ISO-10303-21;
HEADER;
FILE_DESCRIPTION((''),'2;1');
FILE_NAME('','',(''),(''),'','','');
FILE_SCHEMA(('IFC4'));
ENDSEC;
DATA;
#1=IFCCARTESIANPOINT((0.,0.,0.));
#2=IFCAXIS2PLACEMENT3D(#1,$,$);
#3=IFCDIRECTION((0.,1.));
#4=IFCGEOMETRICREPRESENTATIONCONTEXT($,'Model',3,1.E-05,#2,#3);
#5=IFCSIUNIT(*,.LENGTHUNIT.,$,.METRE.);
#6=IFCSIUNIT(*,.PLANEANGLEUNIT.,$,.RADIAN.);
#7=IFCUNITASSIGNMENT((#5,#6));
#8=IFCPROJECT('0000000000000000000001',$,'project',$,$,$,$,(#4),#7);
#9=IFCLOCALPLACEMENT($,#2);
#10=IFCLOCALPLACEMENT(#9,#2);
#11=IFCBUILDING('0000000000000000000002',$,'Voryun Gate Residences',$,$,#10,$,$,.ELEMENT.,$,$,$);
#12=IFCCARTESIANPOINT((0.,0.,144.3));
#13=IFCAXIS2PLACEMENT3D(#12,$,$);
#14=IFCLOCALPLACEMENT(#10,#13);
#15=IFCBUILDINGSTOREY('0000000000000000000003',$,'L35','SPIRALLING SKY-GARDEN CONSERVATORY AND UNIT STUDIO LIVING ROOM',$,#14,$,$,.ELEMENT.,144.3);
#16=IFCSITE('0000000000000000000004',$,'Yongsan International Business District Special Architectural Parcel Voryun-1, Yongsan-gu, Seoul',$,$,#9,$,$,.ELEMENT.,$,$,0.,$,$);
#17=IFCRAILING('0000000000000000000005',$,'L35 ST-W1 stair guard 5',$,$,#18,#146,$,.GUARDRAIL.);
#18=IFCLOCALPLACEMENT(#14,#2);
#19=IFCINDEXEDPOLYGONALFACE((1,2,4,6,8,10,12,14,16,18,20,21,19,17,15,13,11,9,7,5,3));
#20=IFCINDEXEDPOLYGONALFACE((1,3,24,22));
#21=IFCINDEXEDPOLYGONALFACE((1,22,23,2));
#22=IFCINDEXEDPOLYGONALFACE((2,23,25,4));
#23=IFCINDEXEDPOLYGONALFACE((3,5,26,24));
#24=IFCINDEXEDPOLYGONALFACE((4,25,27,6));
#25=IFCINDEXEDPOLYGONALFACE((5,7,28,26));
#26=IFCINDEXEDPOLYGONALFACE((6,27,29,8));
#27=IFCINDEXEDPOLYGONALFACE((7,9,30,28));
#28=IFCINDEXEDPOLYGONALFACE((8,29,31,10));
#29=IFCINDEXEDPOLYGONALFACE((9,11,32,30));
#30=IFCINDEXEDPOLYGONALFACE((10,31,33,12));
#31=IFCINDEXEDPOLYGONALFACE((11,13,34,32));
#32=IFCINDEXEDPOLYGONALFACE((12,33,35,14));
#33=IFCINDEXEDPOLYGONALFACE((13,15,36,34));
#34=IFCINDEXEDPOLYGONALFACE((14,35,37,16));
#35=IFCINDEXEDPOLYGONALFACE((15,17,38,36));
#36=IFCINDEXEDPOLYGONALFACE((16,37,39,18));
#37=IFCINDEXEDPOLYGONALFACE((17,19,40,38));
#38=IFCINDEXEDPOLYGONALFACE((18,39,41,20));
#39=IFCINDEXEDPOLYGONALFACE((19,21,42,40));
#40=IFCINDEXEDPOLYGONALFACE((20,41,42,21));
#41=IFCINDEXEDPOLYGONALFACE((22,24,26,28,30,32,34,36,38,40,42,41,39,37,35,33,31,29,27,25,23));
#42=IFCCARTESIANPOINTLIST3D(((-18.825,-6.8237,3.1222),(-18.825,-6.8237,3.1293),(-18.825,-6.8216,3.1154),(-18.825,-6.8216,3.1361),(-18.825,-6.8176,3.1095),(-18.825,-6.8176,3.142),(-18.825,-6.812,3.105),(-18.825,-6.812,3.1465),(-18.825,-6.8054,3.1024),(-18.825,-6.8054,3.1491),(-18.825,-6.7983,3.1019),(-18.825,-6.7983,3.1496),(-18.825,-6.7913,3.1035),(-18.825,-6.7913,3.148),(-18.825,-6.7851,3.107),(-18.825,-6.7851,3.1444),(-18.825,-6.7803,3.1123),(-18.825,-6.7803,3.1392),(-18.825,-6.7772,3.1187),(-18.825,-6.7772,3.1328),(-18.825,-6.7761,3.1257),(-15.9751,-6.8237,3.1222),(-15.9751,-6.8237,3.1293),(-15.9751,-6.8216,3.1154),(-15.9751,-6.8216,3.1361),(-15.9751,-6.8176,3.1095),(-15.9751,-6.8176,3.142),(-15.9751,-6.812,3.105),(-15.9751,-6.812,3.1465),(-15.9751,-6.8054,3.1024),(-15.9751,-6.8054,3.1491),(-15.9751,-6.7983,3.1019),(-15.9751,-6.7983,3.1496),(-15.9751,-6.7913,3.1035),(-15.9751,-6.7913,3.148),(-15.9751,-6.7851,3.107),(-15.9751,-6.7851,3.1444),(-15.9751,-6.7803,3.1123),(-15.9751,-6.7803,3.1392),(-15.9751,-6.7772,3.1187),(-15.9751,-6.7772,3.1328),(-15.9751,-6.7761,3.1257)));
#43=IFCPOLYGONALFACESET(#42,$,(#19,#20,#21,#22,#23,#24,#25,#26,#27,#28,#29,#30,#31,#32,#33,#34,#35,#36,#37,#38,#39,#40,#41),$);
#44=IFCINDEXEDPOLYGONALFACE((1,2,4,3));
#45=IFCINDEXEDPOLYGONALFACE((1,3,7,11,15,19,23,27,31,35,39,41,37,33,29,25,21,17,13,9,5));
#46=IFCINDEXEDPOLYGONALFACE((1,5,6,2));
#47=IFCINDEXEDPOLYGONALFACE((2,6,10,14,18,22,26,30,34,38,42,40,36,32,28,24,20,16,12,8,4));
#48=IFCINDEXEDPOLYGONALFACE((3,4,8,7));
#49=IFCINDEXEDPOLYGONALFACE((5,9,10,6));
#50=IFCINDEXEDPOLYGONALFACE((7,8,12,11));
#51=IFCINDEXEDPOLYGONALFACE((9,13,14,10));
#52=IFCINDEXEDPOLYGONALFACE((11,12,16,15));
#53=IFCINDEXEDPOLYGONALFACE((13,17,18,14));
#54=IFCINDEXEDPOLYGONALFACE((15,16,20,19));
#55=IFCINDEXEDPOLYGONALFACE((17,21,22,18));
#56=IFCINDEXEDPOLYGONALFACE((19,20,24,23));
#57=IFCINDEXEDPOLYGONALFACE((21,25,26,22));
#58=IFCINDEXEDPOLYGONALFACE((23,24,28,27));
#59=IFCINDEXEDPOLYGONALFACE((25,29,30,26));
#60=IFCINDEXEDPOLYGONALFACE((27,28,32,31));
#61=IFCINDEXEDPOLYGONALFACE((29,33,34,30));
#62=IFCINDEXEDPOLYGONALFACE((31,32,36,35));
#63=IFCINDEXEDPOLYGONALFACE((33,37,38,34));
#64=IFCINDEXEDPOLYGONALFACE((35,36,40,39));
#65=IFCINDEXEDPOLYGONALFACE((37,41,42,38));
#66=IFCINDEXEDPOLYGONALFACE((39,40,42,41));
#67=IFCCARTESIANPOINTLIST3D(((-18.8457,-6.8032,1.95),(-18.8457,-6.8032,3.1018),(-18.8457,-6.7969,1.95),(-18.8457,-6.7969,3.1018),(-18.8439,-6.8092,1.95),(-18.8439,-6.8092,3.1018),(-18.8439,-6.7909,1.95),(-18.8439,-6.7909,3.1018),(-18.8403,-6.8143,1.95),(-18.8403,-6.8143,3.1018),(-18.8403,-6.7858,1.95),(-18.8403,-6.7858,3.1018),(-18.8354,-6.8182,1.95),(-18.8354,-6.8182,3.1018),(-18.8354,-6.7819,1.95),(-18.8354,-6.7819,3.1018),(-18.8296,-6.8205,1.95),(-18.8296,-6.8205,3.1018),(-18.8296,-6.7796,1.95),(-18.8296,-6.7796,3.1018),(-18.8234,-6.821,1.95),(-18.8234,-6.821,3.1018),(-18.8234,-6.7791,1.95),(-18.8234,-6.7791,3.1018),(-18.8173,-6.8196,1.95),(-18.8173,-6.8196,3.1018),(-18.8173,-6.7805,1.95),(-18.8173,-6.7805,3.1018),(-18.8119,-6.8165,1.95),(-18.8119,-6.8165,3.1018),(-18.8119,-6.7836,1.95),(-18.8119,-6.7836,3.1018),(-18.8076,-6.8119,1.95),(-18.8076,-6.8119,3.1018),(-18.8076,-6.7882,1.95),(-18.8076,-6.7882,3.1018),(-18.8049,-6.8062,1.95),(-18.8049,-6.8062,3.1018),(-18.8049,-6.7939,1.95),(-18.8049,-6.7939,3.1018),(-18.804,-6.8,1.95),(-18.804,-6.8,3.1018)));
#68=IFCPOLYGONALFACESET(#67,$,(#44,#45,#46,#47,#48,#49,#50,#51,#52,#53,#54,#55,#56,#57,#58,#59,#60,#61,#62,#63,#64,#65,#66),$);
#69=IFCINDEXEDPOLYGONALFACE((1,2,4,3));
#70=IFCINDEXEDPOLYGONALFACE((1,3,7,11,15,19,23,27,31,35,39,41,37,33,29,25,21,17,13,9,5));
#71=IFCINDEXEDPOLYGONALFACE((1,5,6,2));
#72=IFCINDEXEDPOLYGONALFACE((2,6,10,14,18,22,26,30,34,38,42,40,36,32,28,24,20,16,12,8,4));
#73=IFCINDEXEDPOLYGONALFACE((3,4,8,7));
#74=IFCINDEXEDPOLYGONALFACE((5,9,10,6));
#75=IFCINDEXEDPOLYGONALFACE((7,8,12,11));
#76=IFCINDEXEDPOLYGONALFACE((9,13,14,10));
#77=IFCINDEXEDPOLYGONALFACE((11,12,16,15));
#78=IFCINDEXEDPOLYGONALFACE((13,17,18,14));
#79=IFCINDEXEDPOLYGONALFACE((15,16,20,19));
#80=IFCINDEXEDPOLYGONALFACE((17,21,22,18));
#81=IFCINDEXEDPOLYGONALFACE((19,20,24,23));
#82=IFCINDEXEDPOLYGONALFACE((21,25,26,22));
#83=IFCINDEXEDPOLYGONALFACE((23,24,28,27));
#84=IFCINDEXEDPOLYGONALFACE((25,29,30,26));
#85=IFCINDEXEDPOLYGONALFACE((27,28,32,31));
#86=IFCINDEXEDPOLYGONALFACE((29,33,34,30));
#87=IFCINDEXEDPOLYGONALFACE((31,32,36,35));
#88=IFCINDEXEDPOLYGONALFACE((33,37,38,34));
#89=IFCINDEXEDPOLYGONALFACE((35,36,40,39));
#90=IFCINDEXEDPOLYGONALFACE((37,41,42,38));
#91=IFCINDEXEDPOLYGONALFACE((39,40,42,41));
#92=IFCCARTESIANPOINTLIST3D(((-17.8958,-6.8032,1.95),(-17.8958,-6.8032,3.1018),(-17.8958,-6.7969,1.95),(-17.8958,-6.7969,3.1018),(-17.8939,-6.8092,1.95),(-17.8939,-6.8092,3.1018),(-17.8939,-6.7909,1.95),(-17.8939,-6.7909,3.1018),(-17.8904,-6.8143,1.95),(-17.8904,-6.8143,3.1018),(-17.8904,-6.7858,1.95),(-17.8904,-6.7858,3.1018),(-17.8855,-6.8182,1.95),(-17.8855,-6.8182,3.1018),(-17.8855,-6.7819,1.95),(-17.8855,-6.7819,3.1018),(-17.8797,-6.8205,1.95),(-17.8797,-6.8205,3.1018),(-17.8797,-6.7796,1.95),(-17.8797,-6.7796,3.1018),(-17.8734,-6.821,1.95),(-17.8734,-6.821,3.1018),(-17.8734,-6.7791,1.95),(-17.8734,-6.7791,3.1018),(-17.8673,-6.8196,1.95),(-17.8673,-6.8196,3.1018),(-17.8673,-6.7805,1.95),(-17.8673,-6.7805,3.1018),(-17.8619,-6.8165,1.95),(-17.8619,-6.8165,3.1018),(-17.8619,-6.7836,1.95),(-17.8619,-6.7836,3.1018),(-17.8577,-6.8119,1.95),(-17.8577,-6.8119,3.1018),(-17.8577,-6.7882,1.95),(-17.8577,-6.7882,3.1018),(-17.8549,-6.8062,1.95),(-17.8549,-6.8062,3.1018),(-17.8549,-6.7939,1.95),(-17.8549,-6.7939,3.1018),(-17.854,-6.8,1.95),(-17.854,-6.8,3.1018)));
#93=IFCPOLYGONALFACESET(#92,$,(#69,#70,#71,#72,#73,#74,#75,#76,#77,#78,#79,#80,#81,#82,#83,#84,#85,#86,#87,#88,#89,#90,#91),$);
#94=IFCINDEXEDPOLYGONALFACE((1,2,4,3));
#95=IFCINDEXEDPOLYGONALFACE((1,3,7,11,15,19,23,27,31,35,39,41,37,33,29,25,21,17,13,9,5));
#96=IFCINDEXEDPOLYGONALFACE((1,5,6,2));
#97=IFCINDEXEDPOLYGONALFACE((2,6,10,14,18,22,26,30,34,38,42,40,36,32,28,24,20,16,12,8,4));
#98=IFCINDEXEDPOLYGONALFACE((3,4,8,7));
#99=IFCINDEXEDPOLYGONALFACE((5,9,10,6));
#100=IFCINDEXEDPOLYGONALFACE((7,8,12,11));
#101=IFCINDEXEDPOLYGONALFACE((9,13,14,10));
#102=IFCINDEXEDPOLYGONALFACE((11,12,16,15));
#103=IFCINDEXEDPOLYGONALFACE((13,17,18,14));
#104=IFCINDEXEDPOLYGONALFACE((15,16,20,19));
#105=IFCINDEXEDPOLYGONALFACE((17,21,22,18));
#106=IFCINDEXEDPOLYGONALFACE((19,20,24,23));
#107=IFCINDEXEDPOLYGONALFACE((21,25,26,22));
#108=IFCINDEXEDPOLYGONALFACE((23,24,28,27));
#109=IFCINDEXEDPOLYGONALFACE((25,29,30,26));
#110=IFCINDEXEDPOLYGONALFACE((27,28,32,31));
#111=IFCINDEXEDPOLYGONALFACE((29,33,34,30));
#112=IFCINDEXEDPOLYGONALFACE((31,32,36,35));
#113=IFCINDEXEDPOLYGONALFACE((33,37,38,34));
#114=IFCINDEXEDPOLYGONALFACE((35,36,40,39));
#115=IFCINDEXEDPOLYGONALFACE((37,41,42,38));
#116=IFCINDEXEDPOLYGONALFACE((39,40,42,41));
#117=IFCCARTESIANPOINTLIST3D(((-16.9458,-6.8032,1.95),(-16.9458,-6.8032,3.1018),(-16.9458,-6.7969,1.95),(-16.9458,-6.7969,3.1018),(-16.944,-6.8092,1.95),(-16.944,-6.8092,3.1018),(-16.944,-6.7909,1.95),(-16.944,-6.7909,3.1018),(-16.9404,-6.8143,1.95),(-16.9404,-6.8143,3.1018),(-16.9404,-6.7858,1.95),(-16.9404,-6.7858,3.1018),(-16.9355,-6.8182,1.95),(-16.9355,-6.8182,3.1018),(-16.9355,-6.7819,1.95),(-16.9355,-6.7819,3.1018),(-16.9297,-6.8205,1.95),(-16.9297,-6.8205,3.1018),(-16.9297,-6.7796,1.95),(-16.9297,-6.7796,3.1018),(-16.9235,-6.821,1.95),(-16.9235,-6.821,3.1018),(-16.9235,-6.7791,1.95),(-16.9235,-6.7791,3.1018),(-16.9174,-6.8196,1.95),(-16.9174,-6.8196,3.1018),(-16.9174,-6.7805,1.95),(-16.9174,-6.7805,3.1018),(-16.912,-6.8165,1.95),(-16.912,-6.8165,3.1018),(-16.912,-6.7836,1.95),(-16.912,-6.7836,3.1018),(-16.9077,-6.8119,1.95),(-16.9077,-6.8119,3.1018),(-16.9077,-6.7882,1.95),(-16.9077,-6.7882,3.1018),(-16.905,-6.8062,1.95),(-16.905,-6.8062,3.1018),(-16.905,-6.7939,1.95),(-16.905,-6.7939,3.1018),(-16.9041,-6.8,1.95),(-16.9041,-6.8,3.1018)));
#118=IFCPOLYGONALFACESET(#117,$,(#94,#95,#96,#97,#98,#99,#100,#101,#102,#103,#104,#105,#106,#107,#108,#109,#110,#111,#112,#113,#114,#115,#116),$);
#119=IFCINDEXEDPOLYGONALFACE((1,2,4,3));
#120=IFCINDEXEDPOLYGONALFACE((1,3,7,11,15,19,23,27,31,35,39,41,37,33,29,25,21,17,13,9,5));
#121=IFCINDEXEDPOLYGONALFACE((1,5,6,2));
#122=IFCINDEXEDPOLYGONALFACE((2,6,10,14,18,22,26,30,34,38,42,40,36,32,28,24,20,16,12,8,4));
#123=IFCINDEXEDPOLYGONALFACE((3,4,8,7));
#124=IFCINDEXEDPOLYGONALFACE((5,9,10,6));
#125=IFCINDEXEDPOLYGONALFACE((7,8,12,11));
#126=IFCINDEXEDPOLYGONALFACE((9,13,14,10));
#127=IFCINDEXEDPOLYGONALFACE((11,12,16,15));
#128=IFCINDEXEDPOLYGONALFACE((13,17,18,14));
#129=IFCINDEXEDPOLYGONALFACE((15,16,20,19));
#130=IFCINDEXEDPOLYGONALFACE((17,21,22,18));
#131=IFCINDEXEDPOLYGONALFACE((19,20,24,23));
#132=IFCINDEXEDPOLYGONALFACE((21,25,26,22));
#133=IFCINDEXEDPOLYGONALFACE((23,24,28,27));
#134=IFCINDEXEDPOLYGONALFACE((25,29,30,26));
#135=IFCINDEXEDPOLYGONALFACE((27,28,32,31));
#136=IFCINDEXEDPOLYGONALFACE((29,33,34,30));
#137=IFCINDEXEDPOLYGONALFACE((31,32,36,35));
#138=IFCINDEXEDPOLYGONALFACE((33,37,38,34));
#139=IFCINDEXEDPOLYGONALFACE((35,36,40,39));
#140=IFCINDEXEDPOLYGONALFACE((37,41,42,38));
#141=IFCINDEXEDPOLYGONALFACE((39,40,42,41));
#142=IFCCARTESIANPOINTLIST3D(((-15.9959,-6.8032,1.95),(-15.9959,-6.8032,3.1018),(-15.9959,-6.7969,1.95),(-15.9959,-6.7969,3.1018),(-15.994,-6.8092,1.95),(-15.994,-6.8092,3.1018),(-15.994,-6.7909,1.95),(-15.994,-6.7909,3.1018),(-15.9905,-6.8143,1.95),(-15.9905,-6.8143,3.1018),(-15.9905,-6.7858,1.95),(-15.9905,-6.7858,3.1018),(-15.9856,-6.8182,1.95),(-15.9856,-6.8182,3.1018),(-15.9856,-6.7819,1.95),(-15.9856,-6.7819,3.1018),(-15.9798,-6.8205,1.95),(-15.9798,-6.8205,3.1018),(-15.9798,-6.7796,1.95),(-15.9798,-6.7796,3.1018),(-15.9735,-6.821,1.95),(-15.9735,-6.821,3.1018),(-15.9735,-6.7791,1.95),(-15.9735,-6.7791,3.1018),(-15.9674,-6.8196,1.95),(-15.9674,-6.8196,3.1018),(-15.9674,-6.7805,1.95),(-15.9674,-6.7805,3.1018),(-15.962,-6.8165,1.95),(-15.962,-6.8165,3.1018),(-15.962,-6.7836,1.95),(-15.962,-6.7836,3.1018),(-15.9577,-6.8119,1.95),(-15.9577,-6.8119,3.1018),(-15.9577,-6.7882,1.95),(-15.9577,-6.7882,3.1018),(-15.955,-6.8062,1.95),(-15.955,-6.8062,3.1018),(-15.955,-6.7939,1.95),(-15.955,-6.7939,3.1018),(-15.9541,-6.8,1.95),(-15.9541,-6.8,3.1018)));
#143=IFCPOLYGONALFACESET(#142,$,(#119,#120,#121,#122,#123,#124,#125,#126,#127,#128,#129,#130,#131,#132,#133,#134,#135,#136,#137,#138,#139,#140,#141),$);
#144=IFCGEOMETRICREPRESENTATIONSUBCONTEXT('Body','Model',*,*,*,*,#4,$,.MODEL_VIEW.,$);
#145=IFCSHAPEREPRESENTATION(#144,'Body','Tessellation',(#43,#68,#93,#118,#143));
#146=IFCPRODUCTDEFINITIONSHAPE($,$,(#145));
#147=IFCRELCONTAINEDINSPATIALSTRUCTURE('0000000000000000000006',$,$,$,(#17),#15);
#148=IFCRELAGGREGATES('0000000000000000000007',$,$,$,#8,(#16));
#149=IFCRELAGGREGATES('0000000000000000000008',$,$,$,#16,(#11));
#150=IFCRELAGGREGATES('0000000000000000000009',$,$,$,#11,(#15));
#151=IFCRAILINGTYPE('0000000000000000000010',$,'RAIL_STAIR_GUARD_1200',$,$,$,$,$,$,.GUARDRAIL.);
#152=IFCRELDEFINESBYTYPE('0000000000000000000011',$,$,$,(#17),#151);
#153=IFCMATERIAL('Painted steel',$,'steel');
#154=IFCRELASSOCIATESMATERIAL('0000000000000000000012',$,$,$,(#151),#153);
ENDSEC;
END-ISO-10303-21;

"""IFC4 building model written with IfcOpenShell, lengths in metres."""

from ifc_helpers import new_model, si_unit, direction, frame, origin, origin_2d, place, context, subcontext, project, spatial, circle, extrude, material, type_object, element, save


model = new_model("IFC4")

# Units and contexts
model_context = context("Model", 3, precision=1e-05, world=origin(), true_north=direction((0.0, 1.0)))
body_context = subcontext(model_context, "Body", "Model", "MODEL_VIEW")
ifc_project = project(units=[si_unit("LENGTHUNIT", "METRE"), si_unit("PLANEANGLEUNIT", "RADIAN")], contexts=[model_context])

# Site, building, storey
site_placement = place(None, origin())
site = spatial("IfcSite", under=ifc_project, at=site_placement, Name="Yongsan International Business District Special Architectural Parcel Voryun-1, Yongsan-gu, Seoul", CompositionType="ELEMENT", RefElevation=0.0)
building_placement = place(site_placement, origin())
building = spatial("IfcBuilding", under=site, at=building_placement, Name="Voryun Gate Residences", CompositionType="ELEMENT")
storey_placement = place(building_placement, frame((0.0, 0.0, 144.3)))
storey = spatial("IfcBuildingStorey", under=building, at=storey_placement, Name="L35", Description="SPIRALLING SKY-GARDEN CONSERVATORY AND UNIT STUDIO LIVING ROOM", CompositionType="ELEMENT", Elevation=144.3)

# Railing
ifc_material_1 = material(Name="Painted steel", Category="steel")
railing_type_1 = type_object("IfcRailingType", Name="RAIL_STAIR_GUARD_1200", PredefinedType="GUARDRAIL", material=ifc_material_1)
railing_1_placement = place(storey_placement, frame((-18.825, -6.8, 1.95)))
element("IfcRailing", 1, at=railing_1_placement, inside=storey, type_object=railing_type_1, Name="L35 ST-W1 stair guard 5", PredefinedType="GUARDRAIL", context=body_context, shape_type="SweptSolid", body=[
    extrude(circle(Radius=0.0239, at=origin_2d()), frame((0.0, 0.0, 1.1758), z_axis=(1.0, 0.0, 0.0), x_axis=(0.0, 1.0, 0.0)), (0.0, 0.0, 1.0), 2.8499),
    extrude(circle(Radius=0.021, at=origin_2d()), origin(), (0.0, 0.0, 1.0), 1.1519),
    extrude(circle(Radius=0.021, at=origin_2d()), frame((0.95, 0.0, 0.0)), (0.0, 0.0, 1.0), 1.1519),
    extrude(circle(Radius=0.021, at=origin_2d()), frame((1.8999, 0.0, 0.0)), (0.0, 0.0, 1.0), 1.1519),
    extrude(circle(Radius=0.021, at=origin_2d()), frame((2.8499, 0.0, 0.0)), (0.0, 0.0, 1.0), 1.1519),
])

save(model, "model.ifc")
